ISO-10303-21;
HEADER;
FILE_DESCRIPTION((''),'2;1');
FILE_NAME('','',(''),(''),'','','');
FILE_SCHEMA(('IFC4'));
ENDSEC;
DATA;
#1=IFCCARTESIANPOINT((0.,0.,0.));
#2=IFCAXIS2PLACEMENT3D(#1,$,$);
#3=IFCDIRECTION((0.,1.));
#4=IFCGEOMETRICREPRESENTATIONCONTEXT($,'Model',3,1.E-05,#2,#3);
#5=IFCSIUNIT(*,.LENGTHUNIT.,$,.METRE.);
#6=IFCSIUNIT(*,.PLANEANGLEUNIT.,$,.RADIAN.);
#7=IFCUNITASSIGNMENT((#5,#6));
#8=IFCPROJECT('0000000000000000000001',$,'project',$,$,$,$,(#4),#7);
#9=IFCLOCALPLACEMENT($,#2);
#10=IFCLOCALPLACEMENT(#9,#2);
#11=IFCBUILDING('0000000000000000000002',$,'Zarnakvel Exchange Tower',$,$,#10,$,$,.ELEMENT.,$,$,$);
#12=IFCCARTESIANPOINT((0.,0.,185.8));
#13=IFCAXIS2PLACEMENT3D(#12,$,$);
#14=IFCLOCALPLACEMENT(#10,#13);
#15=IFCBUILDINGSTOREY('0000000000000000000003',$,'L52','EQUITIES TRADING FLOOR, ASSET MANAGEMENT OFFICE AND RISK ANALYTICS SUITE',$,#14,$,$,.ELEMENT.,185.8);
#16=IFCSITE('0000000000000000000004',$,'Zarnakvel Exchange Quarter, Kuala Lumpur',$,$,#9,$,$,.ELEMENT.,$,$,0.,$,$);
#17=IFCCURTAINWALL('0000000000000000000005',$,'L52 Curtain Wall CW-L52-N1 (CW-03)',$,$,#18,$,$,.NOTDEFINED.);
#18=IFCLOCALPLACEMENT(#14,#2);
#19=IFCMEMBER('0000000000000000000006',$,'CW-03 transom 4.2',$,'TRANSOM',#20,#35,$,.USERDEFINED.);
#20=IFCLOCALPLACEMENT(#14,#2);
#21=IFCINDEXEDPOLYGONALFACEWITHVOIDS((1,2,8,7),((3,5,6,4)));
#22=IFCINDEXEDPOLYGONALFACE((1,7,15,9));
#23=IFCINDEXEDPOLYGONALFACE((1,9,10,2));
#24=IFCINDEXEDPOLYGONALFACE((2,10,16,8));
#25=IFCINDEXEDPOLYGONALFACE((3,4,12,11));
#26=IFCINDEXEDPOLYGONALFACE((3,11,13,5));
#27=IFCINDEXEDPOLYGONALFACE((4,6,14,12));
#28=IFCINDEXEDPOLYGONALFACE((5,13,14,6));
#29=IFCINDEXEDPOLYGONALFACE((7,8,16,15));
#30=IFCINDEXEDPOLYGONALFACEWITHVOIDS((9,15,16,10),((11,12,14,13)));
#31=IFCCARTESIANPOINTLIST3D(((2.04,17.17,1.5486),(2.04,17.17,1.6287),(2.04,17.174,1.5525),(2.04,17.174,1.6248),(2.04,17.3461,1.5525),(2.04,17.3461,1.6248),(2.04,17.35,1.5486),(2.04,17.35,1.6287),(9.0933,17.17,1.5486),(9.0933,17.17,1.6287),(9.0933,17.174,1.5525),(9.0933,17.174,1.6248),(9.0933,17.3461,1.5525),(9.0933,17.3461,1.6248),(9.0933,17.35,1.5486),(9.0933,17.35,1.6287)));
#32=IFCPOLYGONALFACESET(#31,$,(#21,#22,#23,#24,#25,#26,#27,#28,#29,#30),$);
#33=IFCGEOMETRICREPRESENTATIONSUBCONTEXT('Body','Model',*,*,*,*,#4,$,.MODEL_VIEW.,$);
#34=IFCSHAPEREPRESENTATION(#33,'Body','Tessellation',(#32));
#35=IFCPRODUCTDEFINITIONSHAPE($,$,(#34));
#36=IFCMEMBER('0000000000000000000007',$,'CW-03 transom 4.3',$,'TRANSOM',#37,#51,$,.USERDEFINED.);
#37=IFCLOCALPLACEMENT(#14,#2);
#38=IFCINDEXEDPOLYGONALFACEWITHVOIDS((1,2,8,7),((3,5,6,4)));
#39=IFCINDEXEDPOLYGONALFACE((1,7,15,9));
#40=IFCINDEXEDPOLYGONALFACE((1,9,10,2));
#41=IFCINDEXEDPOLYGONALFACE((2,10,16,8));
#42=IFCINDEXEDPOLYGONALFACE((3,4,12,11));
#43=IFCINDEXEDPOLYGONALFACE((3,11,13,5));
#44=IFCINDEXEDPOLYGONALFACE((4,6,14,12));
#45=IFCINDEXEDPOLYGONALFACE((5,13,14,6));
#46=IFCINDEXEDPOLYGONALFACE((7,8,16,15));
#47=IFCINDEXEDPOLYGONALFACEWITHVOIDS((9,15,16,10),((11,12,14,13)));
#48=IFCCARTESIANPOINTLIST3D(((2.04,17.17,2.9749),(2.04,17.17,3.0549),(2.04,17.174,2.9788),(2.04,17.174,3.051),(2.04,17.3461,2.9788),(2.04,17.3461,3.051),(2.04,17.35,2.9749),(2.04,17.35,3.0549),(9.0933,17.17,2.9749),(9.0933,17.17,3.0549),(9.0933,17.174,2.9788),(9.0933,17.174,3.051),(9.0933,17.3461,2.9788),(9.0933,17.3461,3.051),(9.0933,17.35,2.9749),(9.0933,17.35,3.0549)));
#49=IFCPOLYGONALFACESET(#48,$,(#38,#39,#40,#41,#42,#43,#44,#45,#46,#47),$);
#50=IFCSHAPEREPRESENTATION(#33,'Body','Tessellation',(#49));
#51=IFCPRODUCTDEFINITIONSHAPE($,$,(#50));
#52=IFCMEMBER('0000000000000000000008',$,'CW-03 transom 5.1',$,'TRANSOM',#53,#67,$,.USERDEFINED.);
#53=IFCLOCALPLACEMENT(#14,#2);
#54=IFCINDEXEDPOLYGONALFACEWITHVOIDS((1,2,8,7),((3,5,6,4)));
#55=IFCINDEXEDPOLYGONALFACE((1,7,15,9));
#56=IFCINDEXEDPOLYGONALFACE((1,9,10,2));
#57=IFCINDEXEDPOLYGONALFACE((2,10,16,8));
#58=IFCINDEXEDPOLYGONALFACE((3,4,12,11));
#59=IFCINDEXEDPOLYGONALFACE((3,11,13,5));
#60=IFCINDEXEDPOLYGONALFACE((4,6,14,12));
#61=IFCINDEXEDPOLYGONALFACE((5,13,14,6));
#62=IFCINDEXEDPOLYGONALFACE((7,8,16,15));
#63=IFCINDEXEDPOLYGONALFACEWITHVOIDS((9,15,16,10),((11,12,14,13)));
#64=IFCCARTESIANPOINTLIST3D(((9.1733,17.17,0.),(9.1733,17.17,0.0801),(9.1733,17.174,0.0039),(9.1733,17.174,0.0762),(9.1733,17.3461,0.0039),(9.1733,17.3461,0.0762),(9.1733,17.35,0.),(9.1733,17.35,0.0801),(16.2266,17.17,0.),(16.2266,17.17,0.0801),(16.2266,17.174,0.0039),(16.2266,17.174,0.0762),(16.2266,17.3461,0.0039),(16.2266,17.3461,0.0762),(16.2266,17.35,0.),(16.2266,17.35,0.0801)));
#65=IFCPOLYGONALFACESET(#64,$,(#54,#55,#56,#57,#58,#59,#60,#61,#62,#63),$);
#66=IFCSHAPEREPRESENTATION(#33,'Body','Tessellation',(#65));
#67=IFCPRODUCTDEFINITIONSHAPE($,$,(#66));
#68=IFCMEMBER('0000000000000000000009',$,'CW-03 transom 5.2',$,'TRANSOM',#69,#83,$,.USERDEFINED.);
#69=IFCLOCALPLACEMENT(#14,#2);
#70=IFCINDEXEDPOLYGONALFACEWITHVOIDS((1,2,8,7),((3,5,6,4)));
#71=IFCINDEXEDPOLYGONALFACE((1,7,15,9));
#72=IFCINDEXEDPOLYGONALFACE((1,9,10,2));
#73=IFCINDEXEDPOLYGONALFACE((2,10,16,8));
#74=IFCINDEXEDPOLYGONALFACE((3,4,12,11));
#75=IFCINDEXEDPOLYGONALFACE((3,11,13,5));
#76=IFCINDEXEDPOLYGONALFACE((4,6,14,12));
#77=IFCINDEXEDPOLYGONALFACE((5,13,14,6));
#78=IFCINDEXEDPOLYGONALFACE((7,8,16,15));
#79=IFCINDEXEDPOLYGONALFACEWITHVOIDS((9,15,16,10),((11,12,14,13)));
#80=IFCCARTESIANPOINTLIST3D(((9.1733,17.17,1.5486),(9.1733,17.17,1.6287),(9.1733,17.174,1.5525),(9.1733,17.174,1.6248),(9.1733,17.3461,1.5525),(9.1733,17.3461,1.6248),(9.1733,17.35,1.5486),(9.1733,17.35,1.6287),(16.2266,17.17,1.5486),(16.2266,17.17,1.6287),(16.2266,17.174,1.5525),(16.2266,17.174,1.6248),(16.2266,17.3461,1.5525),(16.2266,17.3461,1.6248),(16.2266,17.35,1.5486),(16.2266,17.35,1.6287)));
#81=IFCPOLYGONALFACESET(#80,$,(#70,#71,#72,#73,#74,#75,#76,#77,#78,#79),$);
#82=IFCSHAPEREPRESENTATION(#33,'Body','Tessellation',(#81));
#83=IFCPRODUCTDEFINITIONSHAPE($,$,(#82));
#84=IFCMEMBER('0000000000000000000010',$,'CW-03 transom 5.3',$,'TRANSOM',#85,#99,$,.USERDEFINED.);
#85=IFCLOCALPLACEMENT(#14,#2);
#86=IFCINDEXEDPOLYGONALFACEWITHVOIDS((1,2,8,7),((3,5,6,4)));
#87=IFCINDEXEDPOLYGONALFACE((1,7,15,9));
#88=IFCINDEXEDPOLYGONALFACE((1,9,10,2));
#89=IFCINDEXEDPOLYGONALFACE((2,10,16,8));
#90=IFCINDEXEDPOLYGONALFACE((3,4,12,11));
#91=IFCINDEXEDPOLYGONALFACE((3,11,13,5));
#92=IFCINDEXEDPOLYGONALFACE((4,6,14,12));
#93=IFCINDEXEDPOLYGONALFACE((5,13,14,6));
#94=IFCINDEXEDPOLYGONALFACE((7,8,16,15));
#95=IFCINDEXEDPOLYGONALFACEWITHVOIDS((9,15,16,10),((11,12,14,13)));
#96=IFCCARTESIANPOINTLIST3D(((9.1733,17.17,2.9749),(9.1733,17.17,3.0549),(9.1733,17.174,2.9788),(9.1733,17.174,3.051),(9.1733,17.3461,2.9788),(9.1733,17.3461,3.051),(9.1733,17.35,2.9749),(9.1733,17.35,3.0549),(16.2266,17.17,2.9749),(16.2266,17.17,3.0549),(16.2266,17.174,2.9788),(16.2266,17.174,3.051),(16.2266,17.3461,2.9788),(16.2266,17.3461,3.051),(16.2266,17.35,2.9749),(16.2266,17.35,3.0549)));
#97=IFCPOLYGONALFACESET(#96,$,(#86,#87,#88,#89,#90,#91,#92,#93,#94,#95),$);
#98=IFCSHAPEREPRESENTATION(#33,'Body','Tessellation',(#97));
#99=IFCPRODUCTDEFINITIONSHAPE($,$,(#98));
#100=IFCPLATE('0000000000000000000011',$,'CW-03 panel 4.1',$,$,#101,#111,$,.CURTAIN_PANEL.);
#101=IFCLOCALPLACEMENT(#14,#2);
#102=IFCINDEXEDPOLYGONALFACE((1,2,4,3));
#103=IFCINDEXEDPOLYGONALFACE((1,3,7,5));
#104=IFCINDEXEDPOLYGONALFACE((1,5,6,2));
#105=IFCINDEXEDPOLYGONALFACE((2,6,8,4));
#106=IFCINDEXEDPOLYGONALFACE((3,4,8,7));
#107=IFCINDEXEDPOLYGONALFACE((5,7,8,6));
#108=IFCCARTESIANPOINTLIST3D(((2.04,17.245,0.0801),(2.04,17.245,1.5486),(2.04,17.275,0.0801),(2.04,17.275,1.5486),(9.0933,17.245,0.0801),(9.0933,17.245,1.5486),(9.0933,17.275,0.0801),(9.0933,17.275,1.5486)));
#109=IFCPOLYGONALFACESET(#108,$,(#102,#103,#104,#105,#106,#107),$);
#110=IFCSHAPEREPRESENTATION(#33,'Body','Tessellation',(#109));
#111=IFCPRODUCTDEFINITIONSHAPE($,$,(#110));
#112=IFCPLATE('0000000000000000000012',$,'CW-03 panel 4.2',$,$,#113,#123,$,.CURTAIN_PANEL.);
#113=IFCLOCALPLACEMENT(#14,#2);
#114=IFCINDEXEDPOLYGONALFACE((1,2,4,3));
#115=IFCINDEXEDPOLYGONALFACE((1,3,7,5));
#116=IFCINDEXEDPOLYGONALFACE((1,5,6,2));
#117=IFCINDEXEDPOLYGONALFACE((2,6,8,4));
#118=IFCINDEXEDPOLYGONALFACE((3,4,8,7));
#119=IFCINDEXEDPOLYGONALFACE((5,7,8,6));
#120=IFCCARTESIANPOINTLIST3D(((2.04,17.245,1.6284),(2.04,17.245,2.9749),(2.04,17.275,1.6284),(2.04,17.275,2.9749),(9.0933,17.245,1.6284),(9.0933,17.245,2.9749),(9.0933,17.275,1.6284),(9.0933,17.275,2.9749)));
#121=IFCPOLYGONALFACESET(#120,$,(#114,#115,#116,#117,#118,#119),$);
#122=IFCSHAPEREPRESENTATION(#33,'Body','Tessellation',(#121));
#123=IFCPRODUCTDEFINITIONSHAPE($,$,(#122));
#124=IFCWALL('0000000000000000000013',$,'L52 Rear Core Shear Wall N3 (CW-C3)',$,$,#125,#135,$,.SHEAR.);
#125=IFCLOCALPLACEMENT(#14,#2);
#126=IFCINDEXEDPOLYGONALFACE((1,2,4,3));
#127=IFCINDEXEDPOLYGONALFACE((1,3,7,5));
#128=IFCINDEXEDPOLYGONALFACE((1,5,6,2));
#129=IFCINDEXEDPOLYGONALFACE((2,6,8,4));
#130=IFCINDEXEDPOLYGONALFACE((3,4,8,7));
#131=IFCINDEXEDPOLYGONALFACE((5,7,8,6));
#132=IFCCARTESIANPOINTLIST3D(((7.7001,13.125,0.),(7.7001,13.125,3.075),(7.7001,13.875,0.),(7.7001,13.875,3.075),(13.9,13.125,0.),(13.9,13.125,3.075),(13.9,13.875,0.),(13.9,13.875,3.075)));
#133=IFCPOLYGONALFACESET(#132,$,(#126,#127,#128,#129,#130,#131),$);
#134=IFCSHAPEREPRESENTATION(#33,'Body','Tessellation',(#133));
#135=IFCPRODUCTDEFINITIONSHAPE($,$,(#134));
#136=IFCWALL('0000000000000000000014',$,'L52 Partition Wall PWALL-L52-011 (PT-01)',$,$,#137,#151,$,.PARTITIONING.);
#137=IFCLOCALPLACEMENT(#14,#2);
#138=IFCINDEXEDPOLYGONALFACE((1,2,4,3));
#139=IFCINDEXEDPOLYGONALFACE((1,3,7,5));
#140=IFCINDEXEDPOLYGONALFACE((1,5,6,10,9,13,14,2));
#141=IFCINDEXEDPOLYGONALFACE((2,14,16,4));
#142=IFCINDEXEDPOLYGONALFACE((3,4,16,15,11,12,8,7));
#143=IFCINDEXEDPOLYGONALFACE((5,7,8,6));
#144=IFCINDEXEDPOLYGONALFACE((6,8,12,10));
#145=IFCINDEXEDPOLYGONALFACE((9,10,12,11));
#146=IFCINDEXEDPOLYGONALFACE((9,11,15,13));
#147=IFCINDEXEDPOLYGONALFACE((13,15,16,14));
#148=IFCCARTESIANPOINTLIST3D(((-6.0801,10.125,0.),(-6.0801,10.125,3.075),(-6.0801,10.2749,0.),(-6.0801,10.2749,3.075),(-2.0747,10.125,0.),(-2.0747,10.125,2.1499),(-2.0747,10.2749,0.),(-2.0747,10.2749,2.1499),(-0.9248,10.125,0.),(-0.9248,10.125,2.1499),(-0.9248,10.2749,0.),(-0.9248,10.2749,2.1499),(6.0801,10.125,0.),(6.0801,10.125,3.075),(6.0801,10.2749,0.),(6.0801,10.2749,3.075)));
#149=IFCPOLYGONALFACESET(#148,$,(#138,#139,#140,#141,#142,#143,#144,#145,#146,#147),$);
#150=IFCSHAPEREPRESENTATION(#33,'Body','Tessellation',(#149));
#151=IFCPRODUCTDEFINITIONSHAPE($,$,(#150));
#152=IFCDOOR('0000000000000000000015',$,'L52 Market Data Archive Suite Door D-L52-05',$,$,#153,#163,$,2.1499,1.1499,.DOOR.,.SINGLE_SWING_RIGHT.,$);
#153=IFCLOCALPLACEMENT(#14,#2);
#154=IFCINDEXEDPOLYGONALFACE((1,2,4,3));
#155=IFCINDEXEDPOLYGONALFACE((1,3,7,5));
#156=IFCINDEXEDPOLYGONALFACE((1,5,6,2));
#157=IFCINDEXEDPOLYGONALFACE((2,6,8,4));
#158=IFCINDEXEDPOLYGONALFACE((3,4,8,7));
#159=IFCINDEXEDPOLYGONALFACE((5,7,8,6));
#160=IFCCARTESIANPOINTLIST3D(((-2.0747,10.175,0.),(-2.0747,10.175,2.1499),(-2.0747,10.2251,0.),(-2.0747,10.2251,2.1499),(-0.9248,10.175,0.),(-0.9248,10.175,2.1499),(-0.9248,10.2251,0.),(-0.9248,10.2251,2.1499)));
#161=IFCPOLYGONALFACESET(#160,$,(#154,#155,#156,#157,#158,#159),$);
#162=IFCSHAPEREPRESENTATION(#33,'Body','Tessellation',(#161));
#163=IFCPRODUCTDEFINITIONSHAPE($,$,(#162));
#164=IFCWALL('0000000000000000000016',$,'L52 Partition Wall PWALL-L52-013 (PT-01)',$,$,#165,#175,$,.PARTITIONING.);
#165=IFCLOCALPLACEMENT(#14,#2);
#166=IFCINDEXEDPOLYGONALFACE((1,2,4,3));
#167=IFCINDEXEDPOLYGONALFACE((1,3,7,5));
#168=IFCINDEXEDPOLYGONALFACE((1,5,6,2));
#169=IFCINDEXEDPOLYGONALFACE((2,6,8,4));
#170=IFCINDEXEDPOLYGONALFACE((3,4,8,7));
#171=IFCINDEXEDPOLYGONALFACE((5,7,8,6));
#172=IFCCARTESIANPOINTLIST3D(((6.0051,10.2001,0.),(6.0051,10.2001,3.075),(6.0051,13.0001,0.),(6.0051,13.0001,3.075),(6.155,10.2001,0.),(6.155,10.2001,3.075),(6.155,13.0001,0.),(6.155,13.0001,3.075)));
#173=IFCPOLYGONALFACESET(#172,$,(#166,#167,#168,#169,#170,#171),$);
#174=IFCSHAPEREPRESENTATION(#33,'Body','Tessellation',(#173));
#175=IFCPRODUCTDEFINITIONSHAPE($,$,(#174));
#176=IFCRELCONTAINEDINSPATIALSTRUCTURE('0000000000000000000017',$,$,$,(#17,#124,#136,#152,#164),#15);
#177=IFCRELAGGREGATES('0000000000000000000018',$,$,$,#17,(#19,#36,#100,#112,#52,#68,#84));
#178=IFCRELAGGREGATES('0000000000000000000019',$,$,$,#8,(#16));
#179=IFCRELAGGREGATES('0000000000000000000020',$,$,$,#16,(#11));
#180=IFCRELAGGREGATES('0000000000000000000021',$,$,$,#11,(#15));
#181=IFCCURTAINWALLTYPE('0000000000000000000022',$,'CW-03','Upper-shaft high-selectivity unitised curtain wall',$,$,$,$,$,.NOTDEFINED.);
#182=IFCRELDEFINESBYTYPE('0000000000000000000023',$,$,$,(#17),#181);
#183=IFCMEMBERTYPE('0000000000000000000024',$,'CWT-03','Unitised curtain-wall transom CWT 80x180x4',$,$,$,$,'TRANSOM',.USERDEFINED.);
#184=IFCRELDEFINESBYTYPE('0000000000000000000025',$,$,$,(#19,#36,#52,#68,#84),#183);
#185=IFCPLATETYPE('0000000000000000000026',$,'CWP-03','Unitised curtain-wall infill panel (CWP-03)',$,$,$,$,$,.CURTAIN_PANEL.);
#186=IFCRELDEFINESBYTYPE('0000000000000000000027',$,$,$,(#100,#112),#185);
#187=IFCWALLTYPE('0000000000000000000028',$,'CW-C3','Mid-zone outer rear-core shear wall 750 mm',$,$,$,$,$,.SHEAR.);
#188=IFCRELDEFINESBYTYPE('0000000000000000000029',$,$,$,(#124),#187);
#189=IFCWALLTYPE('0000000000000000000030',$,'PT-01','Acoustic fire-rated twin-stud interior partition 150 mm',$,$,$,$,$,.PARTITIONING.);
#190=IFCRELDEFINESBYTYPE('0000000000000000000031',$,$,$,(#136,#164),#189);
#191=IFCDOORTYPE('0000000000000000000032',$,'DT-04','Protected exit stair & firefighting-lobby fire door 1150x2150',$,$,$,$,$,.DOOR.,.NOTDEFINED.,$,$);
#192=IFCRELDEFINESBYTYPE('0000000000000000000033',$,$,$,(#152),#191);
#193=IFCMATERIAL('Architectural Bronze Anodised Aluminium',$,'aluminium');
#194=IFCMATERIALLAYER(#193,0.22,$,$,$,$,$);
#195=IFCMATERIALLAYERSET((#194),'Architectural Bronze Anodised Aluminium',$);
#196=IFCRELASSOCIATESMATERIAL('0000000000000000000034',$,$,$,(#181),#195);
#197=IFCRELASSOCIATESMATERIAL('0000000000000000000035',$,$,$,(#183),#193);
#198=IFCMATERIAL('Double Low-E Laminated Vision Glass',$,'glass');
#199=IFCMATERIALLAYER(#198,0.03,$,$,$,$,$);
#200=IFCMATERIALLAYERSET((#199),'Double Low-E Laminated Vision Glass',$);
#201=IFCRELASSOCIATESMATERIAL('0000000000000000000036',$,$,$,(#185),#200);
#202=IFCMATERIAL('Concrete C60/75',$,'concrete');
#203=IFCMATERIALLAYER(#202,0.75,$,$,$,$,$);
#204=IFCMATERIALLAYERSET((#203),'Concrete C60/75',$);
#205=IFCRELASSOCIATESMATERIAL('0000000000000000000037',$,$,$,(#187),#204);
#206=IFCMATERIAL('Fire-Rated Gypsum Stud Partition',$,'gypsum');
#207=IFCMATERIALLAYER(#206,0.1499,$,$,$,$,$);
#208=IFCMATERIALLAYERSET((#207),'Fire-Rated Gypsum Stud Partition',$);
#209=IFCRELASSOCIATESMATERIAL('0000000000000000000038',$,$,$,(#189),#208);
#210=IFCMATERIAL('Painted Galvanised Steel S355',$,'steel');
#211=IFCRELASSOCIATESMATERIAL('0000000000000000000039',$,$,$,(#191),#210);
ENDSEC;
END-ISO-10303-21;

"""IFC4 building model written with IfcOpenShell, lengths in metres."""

from ifc_helpers import new_model, si_unit, direction, frame, frame_2d, origin, origin_2d, place, context, subcontext, project, spatial, rectangle, hollow_rectangle, extrude, source, transform, mapped, material, layer, layer_set, material_profile, profile_set, type_object, element, fill, aggregate, save


model = new_model("IFC4")

# Units and contexts
model_context = context("Model", 3, precision=1e-05, world=origin(), true_north=direction((0.0, 1.0)))
body_context = subcontext(model_context, "Body", "Model", "MODEL_VIEW")
ifc_project = project(units=[si_unit("LENGTHUNIT", "METRE"), si_unit("PLANEANGLEUNIT", "RADIAN")], contexts=[model_context])

# Site, building, storey
site_placement = place(None, origin())
site = spatial("IfcSite", under=ifc_project, at=site_placement, Name="Zarnakvel Exchange Quarter, Kuala Lumpur", CompositionType="ELEMENT", RefElevation=0.0)
building_placement = place(site_placement, origin())
building = spatial("IfcBuilding", under=site, at=building_placement, Name="Zarnakvel Exchange Tower", CompositionType="ELEMENT")
storey_placement = place(building_placement, frame((0.0, 0.0, 185.8)))
storey = spatial("IfcBuildingStorey", under=building, at=storey_placement, Name="L52", Description="EQUITIES TRADING FLOOR, ASSET MANAGEMENT OFFICE AND RISK ANALYTICS SUITE", CompositionType="ELEMENT", Elevation=185.8)

# Shared definitions
ifc_material_1 = material(Name="Concrete C60/75", Category="concrete")

# Curtain wall, members, plates
ifc_material_2 = material(Name="Architectural Bronze Anodised Aluminium", Category="aluminium")
ifc_layer_1 = layer(ifc_material_2, 0.22)
ifc_layer_set_1 = layer_set([ifc_layer_1], Name="Architectural Bronze Anodised Aluminium")
curtain_wall_type = type_object("IfcCurtainWallType", Name="CW-03", Description="Upper-shaft high-selectivity unitised curtain wall", PredefinedType="NOTDEFINED", material=ifc_layer_set_1)
curtain_wall_placement = place(storey_placement, origin())
curtain_wall = element("IfcCurtainWall", 1, at=curtain_wall_placement, inside=storey, type_object=curtain_wall_type, Name="L52 Curtain Wall CW-L52-N1 (CW-03)", PredefinedType="NOTDEFINED")
ifc_material_profile_1 = material_profile(ifc_material_2, hollow_rectangle(XDim=0.1799, YDim=0.0801, WallThickness=0.0039, at=origin_2d()))
ifc_profile_set_1 = profile_set([ifc_material_profile_1], Name="Architectural Bronze Anodised Aluminium")
member_type_1 = type_object("IfcMemberType", Name="CWT-03", Description="Unitised curtain-wall transom CWT 80x180x4", ElementType="TRANSOM", PredefinedType="USERDEFINED", material=ifc_profile_set_1)
shared_shape_1 = source(origin(), body_context, "Body", "SweptSolid", [
    extrude(hollow_rectangle(XDim=0.1799, YDim=0.0801, WallThickness=0.0039, at=origin_2d()), origin(), (0.0, 0.0, 1.0), 7.0532),
])
member_1_placement = place(storey_placement, frame((2.04, 17.26, 1.5886), z_axis=(1.0, 0.0, 0.0), x_axis=(0.0, 1.0, 0.0)))
member_1 = element("IfcMember", 2, at=member_1_placement, type_object=member_type_1, Name="CW-03 transom 4.2", ObjectType="TRANSOM", PredefinedType="USERDEFINED", context=body_context, shape_type="MappedRepresentation", body=[
    mapped(shared_shape_1, transform((0.0, 0.0, 0.0), x_axis=(1.0, 0.0, 0.0), y_axis=(0.0, 1.0, 0.0), z_axis=(0.0, 0.0, 1.0), scale=1.0)),
])
member_2_placement = place(storey_placement, frame((2.04, 17.26, 3.0149), z_axis=(1.0, 0.0, 0.0), x_axis=(0.0, 1.0, 0.0)))
member_2 = element("IfcMember", 3, at=member_2_placement, type_object=member_type_1, Name="CW-03 transom 4.3", ObjectType="TRANSOM", PredefinedType="USERDEFINED", context=body_context, shape_type="MappedRepresentation", body=[
    mapped(shared_shape_1, transform((0.0, 0.0, 0.0), x_axis=(1.0, 0.0, 0.0), y_axis=(0.0, 1.0, 0.0), z_axis=(0.0, 0.0, 1.0), scale=1.0)),
])
member_3_placement = place(storey_placement, frame((9.1733, 17.26, 0.04), z_axis=(1.0, 0.0, 0.0), x_axis=(0.0, 1.0, 0.0)))
member_3 = element("IfcMember", 4, at=member_3_placement, type_object=member_type_1, Name="CW-03 transom 5.1", ObjectType="TRANSOM", PredefinedType="USERDEFINED", context=body_context, shape_type="MappedRepresentation", body=[
    mapped(shared_shape_1, transform((0.0, 0.0, 0.0), x_axis=(1.0, 0.0, 0.0), y_axis=(0.0, 1.0, 0.0), z_axis=(0.0, 0.0, 1.0), scale=1.0)),
])
member_4_placement = place(storey_placement, frame((9.1733, 17.26, 1.5886), z_axis=(1.0, 0.0, 0.0), x_axis=(0.0, 1.0, 0.0)))
member_4 = element("IfcMember", 5, at=member_4_placement, type_object=member_type_1, Name="CW-03 transom 5.2", ObjectType="TRANSOM", PredefinedType="USERDEFINED", context=body_context, shape_type="MappedRepresentation", body=[
    mapped(shared_shape_1, transform((0.0, 0.0, 0.0), x_axis=(1.0, 0.0, 0.0), y_axis=(0.0, 1.0, 0.0), z_axis=(0.0, 0.0, 1.0), scale=1.0)),
])
member_5_placement = place(storey_placement, frame((9.1733, 17.26, 3.0149), z_axis=(1.0, 0.0, 0.0), x_axis=(0.0, 1.0, 0.0)))
member_5 = element("IfcMember", 6, at=member_5_placement, type_object=member_type_1, Name="CW-03 transom 5.3", ObjectType="TRANSOM", PredefinedType="USERDEFINED", context=body_context, shape_type="MappedRepresentation", body=[
    mapped(shared_shape_1, transform((0.0, 0.0, 0.0), x_axis=(1.0, 0.0, 0.0), y_axis=(0.0, 1.0, 0.0), z_axis=(0.0, 0.0, 1.0), scale=1.0)),
])
ifc_material_3 = material(Name="Double Low-E Laminated Vision Glass", Category="glass")
ifc_layer_2 = layer(ifc_material_3, 0.03)
ifc_layer_set_2 = layer_set([ifc_layer_2], Name="Double Low-E Laminated Vision Glass")
plate_type = type_object("IfcPlateType", Name="CWP-03", Description="Unitised curtain-wall infill panel (CWP-03)", PredefinedType="CURTAIN_PANEL", material=ifc_layer_set_2)
shared_shape_2 = source(origin(), body_context, "Body", "SweptSolid", [
    extrude(rectangle(XDim=7.0532, YDim=0.03, at=origin_2d()), origin(), (0.0, 0.0, 1.0), 1.4685),
])
plate_1_placement = place(storey_placement, frame((5.5667, 17.26, 0.0801), z_axis=(0.0, 0.0, 1.0), x_axis=(1.0, 0.0, 0.0)))
plate_1 = element("IfcPlate", 7, at=plate_1_placement, type_object=plate_type, Name="CW-03 panel 4.1", PredefinedType="CURTAIN_PANEL", context=body_context, shape_type="MappedRepresentation", body=[
    mapped(shared_shape_2, transform((0.0, 0.0, 0.0), x_axis=(1.0, 0.0, 0.0), y_axis=(0.0, 1.0, 0.0), z_axis=(0.0, 0.0, 1.0), scale=1.0)),
])
shared_shape_3 = source(origin(), body_context, "Body", "SweptSolid", [
    extrude(rectangle(XDim=7.0532, YDim=0.03, at=origin_2d()), origin(), (0.0, 0.0, 1.0), 1.3464),
])
plate_2_placement = place(storey_placement, frame((5.5667, 17.26, 1.6284), z_axis=(0.0, 0.0, 1.0), x_axis=(1.0, 0.0, 0.0)))
plate_2 = element("IfcPlate", 8, at=plate_2_placement, type_object=plate_type, Name="CW-03 panel 4.2", PredefinedType="CURTAIN_PANEL", context=body_context, shape_type="MappedRepresentation", body=[
    mapped(shared_shape_3, transform((0.0, 0.0, 0.0), x_axis=(1.0, 0.0, 0.0), y_axis=(0.0, 1.0, 0.0), z_axis=(0.0, 0.0, 1.0), scale=1.0)),
])
aggregate(curtain_wall, [member_1, member_2, plate_1, plate_2, member_3, member_4, member_5])

# Wall
ifc_layer_3 = layer(ifc_material_1, 0.75)
ifc_layer_set_3 = layer_set([ifc_layer_3], Name="Concrete C60/75")
wall_type_1 = type_object("IfcWallType", Name="CW-C3", Description="Mid-zone outer rear-core shear wall 750 mm", PredefinedType="SHEAR", material=ifc_layer_set_3)
wall_1_placement = place(storey_placement, frame((7.7, 13.5, 0.0), z_axis=(0.0, 0.0, 1.0), x_axis=(1.0, 0.0, 0.0)))
element("IfcWall", 9, at=wall_1_placement, inside=storey, type_object=wall_type_1, Name="L52 Rear Core Shear Wall N3 (CW-C3)", PredefinedType="SHEAR", context=body_context, shape_type="SweptSolid", body=[
    extrude(rectangle(XDim=6.2, YDim=0.75, at=frame_2d((3.1001, 0.0))), origin(), (0.0, 0.0, 1.0), 3.075),
])

# Wall, opening, door
ifc_material_4 = material(Name="Fire-Rated Gypsum Stud Partition", Category="gypsum")
ifc_layer_4 = layer(ifc_material_4, 0.1499)
ifc_layer_set_4 = layer_set([ifc_layer_4], Name="Fire-Rated Gypsum Stud Partition")
wall_type_2 = type_object("IfcWallType", Name="PT-01", Description="Acoustic fire-rated twin-stud interior partition 150 mm", PredefinedType="PARTITIONING", material=ifc_layer_set_4)
wall_2_placement = place(storey_placement, frame((6.0801, 10.2, 0.0), z_axis=(0.0, 0.0, 1.0), x_axis=(-1.0, 0.0, 0.0)))
wall_2 = element("IfcWall", 10, at=wall_2_placement, inside=storey, type_object=wall_type_2, Name="L52 Partition Wall PWALL-L52-011 (PT-01)", PredefinedType="PARTITIONING", context=body_context, shape_type="SweptSolid", body=[
    extrude(rectangle(XDim=12.1602, YDim=0.1499, at=frame_2d((6.0801, 0.0))), origin(), (0.0, 0.0, 1.0), 3.075),
])
opening_placement = place(wall_2_placement, frame((7.0049, 0.0, 0.0)))
opening = element("IfcOpeningElement", 11, at=opening_placement, cuts=wall_2, PredefinedType="OPENING", context=body_context, shape_type="SweptSolid", body=[
    extrude(rectangle(XDim=1.1499, YDim=2.1499, at=frame_2d((0.575, 1.075))), frame((0.0, 0.085, 0.0), z_axis=(0.0, -1.0, 0.0), x_axis=(1.0, 0.0, 0.0)), (0.0, 0.0, 1.0), 0.1699),
])
ifc_material_5 = material(Name="Painted Galvanised Steel S355", Category="steel")
door_type = type_object("IfcDoorType", Name="DT-04", Description="Protected exit stair & firefighting-lobby fire door 1150x2150", OperationType="NOTDEFINED", PredefinedType="DOOR", material=ifc_material_5)
shared_shape_4 = source(origin(), body_context, "Body", "SweptSolid", [
    extrude(rectangle(XDim=1.1499, YDim=2.1499, at=frame_2d((0.575, 1.075))), frame((0.0, 0.0249, 0.0), z_axis=(0.0, -1.0, 0.0), x_axis=(1.0, 0.0, 0.0)), (0.0, 0.0, 1.0), 0.05),
])
door_placement = place(opening_placement, origin())
door = element("IfcDoor", 12, at=door_placement, inside=storey, type_object=door_type, Name="L52 Market Data Archive Suite Door D-L52-05", OperationType="SINGLE_SWING_RIGHT", OverallHeight=2.1499, OverallWidth=1.1499, PredefinedType="DOOR", context=body_context, shape_type="MappedRepresentation", body=[
    mapped(shared_shape_4, transform((0.0, 0.0, 0.0), x_axis=(1.0, 0.0, 0.0), y_axis=(0.0, 1.0, 0.0), z_axis=(0.0, 0.0, 1.0), scale=1.0)),
])
fill(opening, door)

# Wall
wall_3_placement = place(storey_placement, frame((6.0801, 13.0, 0.0), z_axis=(0.0, 0.0, 1.0), x_axis=(0.0, -1.0, 0.0)))
element("IfcWall", 13, at=wall_3_placement, inside=storey, type_object=wall_type_2, Name="L52 Partition Wall PWALL-L52-013 (PT-01)", PredefinedType="PARTITIONING", context=body_context, shape_type="SweptSolid", body=[
    extrude(rectangle(XDim=2.8, YDim=0.1499, at=frame_2d((1.3999, 0.0))), origin(), (0.0, 0.0, 1.0), 3.075),
])

save(model, "model.ifc")
